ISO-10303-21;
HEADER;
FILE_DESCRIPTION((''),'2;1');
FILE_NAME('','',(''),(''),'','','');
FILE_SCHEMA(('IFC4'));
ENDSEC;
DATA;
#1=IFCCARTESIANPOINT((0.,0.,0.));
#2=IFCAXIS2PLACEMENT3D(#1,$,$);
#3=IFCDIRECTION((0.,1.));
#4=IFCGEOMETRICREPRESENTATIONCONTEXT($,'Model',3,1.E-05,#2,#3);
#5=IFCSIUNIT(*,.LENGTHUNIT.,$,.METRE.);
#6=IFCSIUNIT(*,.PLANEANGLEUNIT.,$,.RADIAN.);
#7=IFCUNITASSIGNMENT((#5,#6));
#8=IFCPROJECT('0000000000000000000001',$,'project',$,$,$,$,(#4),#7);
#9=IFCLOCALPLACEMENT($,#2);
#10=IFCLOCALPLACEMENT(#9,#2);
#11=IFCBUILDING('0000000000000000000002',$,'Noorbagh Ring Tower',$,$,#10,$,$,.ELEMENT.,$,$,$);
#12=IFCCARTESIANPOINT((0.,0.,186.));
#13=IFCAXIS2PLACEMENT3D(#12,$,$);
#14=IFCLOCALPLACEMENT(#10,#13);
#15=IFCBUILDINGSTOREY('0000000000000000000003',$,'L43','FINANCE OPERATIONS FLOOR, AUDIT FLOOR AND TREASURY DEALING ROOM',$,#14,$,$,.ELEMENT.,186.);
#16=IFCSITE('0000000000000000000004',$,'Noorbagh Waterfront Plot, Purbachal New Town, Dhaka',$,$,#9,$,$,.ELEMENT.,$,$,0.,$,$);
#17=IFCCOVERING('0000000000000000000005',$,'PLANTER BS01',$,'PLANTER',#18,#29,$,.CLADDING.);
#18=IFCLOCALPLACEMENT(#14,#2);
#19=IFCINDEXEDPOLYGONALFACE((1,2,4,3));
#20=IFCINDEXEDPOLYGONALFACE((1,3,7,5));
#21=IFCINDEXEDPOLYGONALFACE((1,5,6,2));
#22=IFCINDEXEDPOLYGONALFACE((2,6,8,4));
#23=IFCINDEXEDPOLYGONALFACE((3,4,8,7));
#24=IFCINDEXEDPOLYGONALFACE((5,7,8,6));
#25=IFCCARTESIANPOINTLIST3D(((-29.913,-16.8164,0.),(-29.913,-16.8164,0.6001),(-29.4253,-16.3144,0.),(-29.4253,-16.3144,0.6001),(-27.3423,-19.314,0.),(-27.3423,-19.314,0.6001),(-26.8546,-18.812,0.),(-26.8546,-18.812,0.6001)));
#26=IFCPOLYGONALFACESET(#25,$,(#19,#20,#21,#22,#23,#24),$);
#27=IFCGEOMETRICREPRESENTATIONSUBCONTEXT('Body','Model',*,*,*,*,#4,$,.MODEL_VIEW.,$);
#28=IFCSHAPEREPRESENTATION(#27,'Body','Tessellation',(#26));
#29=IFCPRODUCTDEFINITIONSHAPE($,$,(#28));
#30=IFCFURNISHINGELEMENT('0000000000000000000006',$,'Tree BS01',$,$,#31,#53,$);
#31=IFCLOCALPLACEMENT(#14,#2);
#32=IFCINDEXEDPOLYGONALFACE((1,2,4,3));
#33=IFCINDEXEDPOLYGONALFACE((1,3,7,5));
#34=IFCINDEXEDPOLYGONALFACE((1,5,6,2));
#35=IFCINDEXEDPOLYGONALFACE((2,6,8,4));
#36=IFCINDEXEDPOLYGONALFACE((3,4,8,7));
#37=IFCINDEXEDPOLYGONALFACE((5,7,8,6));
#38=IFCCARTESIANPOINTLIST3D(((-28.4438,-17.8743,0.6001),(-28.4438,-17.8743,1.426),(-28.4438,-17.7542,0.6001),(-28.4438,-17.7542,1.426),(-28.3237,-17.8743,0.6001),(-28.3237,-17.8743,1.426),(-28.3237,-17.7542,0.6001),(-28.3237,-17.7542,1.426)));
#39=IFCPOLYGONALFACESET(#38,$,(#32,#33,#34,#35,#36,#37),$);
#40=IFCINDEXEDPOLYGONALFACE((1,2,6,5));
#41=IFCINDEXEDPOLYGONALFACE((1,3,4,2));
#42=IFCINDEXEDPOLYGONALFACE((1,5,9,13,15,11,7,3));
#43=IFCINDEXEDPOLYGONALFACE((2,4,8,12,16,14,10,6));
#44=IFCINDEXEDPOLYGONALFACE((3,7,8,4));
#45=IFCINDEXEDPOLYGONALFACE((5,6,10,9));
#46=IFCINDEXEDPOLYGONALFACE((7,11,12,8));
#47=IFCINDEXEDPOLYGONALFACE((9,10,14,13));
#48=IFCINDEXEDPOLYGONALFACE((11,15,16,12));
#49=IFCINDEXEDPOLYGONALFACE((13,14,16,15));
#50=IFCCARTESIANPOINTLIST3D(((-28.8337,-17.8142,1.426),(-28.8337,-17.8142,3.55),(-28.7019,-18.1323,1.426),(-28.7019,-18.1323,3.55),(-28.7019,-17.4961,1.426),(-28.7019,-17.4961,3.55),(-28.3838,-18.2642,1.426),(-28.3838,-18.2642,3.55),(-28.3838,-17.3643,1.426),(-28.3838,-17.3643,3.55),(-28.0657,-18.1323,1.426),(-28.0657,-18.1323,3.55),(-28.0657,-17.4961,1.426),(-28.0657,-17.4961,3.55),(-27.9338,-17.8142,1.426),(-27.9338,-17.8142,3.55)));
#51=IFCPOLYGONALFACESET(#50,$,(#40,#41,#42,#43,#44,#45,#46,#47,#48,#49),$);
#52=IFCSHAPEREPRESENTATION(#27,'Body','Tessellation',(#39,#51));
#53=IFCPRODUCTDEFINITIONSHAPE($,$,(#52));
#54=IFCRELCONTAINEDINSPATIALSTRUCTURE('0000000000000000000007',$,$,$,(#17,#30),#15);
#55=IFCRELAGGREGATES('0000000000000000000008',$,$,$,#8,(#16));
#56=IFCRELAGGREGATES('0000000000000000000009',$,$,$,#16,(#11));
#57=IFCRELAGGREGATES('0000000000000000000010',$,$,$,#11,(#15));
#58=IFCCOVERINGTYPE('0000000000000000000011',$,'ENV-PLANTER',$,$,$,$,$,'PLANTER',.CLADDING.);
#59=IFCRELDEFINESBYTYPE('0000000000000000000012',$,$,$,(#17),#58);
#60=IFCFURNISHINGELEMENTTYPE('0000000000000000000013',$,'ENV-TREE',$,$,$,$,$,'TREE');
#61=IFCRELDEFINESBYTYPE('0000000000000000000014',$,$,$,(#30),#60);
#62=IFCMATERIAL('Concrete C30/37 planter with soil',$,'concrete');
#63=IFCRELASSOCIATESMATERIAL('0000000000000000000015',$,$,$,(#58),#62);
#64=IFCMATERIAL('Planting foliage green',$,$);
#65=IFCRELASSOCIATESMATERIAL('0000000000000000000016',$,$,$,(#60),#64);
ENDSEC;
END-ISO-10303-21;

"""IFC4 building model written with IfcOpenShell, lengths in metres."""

from ifc_helpers import new_model, si_unit, direction, frame, origin, origin_2d, place, context, subcontext, project, spatial, polyline, rectangle, outline, extrude, material, type_object, element, save


model = new_model("IFC4")

# Units and contexts
model_context = context("Model", 3, precision=1e-05, world=origin(), true_north=direction((0.0, 1.0)))
body_context = subcontext(model_context, "Body", "Model", "MODEL_VIEW")
ifc_project = project(units=[si_unit("LENGTHUNIT", "METRE"), si_unit("PLANEANGLEUNIT", "RADIAN")], contexts=[model_context])

# Site, building, storey
site_placement = place(None, origin())
site = spatial("IfcSite", under=ifc_project, at=site_placement, Name="Noorbagh Waterfront Plot, Purbachal New Town, Dhaka", CompositionType="ELEMENT", RefElevation=0.0)
building_placement = place(site_placement, origin())
building = spatial("IfcBuilding", under=site, at=building_placement, Name="Noorbagh Ring Tower", CompositionType="ELEMENT")
storey_placement = place(building_placement, frame((0.0, 0.0, 186.0)))
storey = spatial("IfcBuildingStorey", under=building, at=storey_placement, Name="L43", Description="FINANCE OPERATIONS FLOOR, AUDIT FLOOR AND TREASURY DEALING ROOM", CompositionType="ELEMENT", Elevation=186.0)

# Covering
ifc_material_1 = material(Name="Concrete C30/37 planter with soil", Category="concrete")
covering_type = type_object("IfcCoveringType", Name="ENV-PLANTER", ElementType="PLANTER", PredefinedType="CLADDING", material=ifc_material_1)
covering_placement = place(storey_placement, frame((-28.3838, -17.8142, 0.0), z_axis=(0.0, 0.0, 1.0), x_axis=(0.717225, -0.696842, 0.0)))
element("IfcCovering", 1, at=covering_placement, inside=storey, type_object=covering_type, Name="PLANTER BS01", ObjectType="PLANTER", PredefinedType="CLADDING", context=body_context, shape_type="SweptSolid", body=[
    extrude(rectangle(XDim=3.5842, YDim=0.7, at=origin_2d()), origin(), (0.0, 0.0, 1.0), 0.6001),
])

# Furnishing element
ifc_material_2 = material(Name="Planting foliage green")
furnishing_element_type = type_object("IfcFurnishingElementType", Name="ENV-TREE", ElementType="TREE", material=ifc_material_2)
furnishing_placement = place(storey_placement, frame((-28.3838, -17.8142, 0.6001), z_axis=(0.0, 0.0, 1.0), x_axis=(1.0, 0.0, 0.0)))
element("IfcFurnishingElement", 2, at=furnishing_placement, inside=storey, type_object=furnishing_element_type, Name="Tree BS01", context=body_context, shape_type="SweptSolid", body=[
    extrude(rectangle(XDim=0.1201, YDim=0.1201, at=origin_2d()), origin(), (0.0, 0.0, 1.0), 0.8259),
    extrude(outline(polyline([(0.45, 0.0), (0.3181, 0.3181), (0.0, 0.45), (-0.3181, 0.3181), (-0.45, 0.0), (-0.3181, -0.3181), (0.0, -0.45), (0.3181, -0.3181), (0.45, 0.0)])), frame((0.0, 0.0, 0.8259)), (0.0, 0.0, 1.0), 2.124),
])

save(model, "model.ifc")
